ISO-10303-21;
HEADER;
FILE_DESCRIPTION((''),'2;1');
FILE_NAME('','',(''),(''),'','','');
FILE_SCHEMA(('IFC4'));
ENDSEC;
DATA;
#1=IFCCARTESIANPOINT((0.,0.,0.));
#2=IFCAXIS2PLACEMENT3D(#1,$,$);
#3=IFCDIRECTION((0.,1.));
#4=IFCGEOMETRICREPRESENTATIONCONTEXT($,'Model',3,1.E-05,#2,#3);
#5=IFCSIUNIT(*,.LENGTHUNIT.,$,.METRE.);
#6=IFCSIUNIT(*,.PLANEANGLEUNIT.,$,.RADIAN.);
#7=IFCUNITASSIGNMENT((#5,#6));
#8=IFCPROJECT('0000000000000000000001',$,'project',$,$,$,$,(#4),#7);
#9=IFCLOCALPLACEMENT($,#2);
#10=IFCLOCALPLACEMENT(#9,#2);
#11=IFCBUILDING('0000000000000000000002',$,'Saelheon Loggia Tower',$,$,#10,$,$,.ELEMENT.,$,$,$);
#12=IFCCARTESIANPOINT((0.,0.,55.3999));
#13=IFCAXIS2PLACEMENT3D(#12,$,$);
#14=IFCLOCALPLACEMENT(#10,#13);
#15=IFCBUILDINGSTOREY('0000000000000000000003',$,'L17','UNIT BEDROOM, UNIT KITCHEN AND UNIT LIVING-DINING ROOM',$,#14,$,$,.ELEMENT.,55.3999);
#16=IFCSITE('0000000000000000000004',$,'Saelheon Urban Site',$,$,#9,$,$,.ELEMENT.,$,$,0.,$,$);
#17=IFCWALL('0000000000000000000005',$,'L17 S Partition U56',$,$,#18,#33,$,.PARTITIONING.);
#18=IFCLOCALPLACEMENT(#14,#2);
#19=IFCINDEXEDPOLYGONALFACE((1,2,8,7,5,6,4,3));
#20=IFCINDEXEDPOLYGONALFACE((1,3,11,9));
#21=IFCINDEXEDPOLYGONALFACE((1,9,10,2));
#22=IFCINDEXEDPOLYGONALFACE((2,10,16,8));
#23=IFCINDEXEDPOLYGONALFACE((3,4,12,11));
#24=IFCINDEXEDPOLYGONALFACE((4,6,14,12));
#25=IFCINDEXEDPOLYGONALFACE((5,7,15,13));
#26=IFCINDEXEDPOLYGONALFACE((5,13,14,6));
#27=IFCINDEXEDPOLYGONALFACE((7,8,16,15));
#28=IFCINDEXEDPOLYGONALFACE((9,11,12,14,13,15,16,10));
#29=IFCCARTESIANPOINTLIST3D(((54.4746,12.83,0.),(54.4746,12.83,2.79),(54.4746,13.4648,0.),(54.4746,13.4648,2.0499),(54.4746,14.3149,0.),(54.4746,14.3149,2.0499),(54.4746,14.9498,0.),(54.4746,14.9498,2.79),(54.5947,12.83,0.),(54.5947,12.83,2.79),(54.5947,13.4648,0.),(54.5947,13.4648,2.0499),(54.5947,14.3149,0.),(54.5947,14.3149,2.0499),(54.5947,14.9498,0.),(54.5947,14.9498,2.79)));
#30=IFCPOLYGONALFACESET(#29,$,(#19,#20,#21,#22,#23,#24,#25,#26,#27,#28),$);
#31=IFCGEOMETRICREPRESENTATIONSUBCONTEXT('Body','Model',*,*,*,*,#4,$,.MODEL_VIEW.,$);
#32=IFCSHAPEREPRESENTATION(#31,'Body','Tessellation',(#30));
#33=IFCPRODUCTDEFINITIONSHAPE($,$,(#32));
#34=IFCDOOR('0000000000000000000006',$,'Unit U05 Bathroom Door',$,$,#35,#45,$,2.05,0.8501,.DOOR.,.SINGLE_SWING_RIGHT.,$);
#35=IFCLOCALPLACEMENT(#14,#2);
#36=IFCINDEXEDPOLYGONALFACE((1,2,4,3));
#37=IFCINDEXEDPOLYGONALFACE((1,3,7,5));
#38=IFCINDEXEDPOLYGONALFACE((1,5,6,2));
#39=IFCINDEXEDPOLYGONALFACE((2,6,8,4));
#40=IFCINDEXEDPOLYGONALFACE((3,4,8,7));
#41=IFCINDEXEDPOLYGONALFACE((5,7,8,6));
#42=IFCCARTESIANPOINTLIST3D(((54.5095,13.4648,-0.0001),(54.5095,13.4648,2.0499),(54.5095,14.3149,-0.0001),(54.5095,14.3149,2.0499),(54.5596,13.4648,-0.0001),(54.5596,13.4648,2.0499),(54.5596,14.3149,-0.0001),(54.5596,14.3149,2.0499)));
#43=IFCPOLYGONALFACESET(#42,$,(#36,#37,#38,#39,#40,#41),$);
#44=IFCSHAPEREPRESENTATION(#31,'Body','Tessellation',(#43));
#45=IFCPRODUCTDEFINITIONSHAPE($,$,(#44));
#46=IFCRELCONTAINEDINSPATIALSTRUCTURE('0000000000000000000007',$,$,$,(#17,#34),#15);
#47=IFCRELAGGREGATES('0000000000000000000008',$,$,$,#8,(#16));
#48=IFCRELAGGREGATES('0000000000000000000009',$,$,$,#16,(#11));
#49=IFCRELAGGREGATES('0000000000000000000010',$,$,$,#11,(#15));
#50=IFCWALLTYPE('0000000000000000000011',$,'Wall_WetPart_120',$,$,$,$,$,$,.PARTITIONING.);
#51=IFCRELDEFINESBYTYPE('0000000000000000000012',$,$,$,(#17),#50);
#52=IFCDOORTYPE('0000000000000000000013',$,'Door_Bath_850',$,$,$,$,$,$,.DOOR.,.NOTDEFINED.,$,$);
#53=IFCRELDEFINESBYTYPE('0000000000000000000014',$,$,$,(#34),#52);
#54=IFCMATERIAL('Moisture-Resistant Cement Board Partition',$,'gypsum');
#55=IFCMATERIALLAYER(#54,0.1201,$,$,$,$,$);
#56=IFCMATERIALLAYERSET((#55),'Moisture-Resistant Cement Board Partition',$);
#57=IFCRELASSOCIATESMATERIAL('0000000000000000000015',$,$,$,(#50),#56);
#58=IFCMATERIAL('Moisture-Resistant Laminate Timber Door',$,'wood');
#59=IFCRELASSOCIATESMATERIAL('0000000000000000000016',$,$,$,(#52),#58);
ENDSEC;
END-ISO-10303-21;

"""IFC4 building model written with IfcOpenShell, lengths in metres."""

from ifc_helpers import new_model, si_unit, direction, frame, frame_2d, origin, place, context, subcontext, project, spatial, rectangle, extrude, source, transform, mapped, material, layer, layer_set, type_object, element, fill, save


model = new_model("IFC4")

# Units and contexts
model_context = context("Model", 3, precision=1e-05, world=origin(), true_north=direction((0.0, 1.0)))
body_context = subcontext(model_context, "Body", "Model", "MODEL_VIEW")
ifc_project = project(units=[si_unit("LENGTHUNIT", "METRE"), si_unit("PLANEANGLEUNIT", "RADIAN")], contexts=[model_context])

# Site, building, storey
site_placement = place(None, origin())
site = spatial("IfcSite", under=ifc_project, at=site_placement, Name="Saelheon Urban Site", CompositionType="ELEMENT", RefElevation=0.0)
building_placement = place(site_placement, origin())
building = spatial("IfcBuilding", under=site, at=building_placement, Name="Saelheon Loggia Tower", CompositionType="ELEMENT")
storey_placement = place(building_placement, frame((0.0, 0.0, 55.3999)))
storey = spatial("IfcBuildingStorey", under=building, at=storey_placement, Name="L17", Description="UNIT BEDROOM, UNIT KITCHEN AND UNIT LIVING-DINING ROOM", CompositionType="ELEMENT", Elevation=55.3999)

# Wall, opening, door
ifc_material_1 = material(Name="Moisture-Resistant Cement Board Partition", Category="gypsum")
ifc_layer_1 = layer(ifc_material_1, 0.1201)
ifc_layer_set_1 = layer_set([ifc_layer_1], Name="Moisture-Resistant Cement Board Partition")
wall_type_1 = type_object("IfcWallType", Name="Wall_WetPart_120", PredefinedType="PARTITIONING", material=ifc_layer_set_1)
wall_1_placement = place(storey_placement, frame((54.5347, 14.95, 0.0), z_axis=(0.0, 0.0, 1.0), x_axis=(0.0, -1.0, 0.0)))
wall_1 = element("IfcWall", 1, at=wall_1_placement, inside=storey, type_object=wall_type_1, Name="L17 S Partition U56", PredefinedType="PARTITIONING", context=body_context, shape_type="SweptSolid", body=[
    extrude(rectangle(XDim=2.1199, YDim=0.1201, at=frame_2d((1.0601, 0.0))), origin(), (0.0, 0.0, 1.0), 2.79),
])
opening_1_placement = place(wall_1_placement, frame((0.635, 0.0, 0.0)))
opening_1 = element("IfcOpeningElement", 2, at=opening_1_placement, cuts=wall_1, PredefinedType="OPENING", context=body_context, shape_type="SweptSolid", body=[
    extrude(rectangle(XDim=0.8501, YDim=2.05, at=frame_2d((0.425, 1.0249))), frame((0.0, 0.072, 0.0), z_axis=(0.0, -1.0, 0.0), x_axis=(1.0, 0.0, 0.0)), (0.0, 0.0, 1.0), 0.144),
])
ifc_material_2 = material(Name="Moisture-Resistant Laminate Timber Door", Category="wood")
door_type_1 = type_object("IfcDoorType", Name="Door_Bath_850", OperationType="NOTDEFINED", PredefinedType="DOOR", material=ifc_material_2)
shared_shape_1 = source(origin(), body_context, "Body", "SweptSolid", [
    extrude(rectangle(XDim=0.8501, YDim=2.05, at=frame_2d((0.425, 1.0249))), frame((0.0, 0.0249, 0.0), z_axis=(0.0, -1.0, 0.0), x_axis=(1.0, 0.0, 0.0)), (0.0, 0.0, 1.0), 0.05),
])
door_1_placement = place(opening_1_placement, origin())
door_1 = element("IfcDoor", 3, at=door_1_placement, inside=storey, type_object=door_type_1, Name="Unit U05 Bathroom Door", OperationType="SINGLE_SWING_RIGHT", OverallHeight=2.05, OverallWidth=0.8501, PredefinedType="DOOR", context=body_context, shape_type="MappedRepresentation", body=[
    mapped(shared_shape_1, transform((0.0, 0.0, 0.0), scale=1.0)),
])
fill(opening_1, door_1)

save(model, "model.ifc")
